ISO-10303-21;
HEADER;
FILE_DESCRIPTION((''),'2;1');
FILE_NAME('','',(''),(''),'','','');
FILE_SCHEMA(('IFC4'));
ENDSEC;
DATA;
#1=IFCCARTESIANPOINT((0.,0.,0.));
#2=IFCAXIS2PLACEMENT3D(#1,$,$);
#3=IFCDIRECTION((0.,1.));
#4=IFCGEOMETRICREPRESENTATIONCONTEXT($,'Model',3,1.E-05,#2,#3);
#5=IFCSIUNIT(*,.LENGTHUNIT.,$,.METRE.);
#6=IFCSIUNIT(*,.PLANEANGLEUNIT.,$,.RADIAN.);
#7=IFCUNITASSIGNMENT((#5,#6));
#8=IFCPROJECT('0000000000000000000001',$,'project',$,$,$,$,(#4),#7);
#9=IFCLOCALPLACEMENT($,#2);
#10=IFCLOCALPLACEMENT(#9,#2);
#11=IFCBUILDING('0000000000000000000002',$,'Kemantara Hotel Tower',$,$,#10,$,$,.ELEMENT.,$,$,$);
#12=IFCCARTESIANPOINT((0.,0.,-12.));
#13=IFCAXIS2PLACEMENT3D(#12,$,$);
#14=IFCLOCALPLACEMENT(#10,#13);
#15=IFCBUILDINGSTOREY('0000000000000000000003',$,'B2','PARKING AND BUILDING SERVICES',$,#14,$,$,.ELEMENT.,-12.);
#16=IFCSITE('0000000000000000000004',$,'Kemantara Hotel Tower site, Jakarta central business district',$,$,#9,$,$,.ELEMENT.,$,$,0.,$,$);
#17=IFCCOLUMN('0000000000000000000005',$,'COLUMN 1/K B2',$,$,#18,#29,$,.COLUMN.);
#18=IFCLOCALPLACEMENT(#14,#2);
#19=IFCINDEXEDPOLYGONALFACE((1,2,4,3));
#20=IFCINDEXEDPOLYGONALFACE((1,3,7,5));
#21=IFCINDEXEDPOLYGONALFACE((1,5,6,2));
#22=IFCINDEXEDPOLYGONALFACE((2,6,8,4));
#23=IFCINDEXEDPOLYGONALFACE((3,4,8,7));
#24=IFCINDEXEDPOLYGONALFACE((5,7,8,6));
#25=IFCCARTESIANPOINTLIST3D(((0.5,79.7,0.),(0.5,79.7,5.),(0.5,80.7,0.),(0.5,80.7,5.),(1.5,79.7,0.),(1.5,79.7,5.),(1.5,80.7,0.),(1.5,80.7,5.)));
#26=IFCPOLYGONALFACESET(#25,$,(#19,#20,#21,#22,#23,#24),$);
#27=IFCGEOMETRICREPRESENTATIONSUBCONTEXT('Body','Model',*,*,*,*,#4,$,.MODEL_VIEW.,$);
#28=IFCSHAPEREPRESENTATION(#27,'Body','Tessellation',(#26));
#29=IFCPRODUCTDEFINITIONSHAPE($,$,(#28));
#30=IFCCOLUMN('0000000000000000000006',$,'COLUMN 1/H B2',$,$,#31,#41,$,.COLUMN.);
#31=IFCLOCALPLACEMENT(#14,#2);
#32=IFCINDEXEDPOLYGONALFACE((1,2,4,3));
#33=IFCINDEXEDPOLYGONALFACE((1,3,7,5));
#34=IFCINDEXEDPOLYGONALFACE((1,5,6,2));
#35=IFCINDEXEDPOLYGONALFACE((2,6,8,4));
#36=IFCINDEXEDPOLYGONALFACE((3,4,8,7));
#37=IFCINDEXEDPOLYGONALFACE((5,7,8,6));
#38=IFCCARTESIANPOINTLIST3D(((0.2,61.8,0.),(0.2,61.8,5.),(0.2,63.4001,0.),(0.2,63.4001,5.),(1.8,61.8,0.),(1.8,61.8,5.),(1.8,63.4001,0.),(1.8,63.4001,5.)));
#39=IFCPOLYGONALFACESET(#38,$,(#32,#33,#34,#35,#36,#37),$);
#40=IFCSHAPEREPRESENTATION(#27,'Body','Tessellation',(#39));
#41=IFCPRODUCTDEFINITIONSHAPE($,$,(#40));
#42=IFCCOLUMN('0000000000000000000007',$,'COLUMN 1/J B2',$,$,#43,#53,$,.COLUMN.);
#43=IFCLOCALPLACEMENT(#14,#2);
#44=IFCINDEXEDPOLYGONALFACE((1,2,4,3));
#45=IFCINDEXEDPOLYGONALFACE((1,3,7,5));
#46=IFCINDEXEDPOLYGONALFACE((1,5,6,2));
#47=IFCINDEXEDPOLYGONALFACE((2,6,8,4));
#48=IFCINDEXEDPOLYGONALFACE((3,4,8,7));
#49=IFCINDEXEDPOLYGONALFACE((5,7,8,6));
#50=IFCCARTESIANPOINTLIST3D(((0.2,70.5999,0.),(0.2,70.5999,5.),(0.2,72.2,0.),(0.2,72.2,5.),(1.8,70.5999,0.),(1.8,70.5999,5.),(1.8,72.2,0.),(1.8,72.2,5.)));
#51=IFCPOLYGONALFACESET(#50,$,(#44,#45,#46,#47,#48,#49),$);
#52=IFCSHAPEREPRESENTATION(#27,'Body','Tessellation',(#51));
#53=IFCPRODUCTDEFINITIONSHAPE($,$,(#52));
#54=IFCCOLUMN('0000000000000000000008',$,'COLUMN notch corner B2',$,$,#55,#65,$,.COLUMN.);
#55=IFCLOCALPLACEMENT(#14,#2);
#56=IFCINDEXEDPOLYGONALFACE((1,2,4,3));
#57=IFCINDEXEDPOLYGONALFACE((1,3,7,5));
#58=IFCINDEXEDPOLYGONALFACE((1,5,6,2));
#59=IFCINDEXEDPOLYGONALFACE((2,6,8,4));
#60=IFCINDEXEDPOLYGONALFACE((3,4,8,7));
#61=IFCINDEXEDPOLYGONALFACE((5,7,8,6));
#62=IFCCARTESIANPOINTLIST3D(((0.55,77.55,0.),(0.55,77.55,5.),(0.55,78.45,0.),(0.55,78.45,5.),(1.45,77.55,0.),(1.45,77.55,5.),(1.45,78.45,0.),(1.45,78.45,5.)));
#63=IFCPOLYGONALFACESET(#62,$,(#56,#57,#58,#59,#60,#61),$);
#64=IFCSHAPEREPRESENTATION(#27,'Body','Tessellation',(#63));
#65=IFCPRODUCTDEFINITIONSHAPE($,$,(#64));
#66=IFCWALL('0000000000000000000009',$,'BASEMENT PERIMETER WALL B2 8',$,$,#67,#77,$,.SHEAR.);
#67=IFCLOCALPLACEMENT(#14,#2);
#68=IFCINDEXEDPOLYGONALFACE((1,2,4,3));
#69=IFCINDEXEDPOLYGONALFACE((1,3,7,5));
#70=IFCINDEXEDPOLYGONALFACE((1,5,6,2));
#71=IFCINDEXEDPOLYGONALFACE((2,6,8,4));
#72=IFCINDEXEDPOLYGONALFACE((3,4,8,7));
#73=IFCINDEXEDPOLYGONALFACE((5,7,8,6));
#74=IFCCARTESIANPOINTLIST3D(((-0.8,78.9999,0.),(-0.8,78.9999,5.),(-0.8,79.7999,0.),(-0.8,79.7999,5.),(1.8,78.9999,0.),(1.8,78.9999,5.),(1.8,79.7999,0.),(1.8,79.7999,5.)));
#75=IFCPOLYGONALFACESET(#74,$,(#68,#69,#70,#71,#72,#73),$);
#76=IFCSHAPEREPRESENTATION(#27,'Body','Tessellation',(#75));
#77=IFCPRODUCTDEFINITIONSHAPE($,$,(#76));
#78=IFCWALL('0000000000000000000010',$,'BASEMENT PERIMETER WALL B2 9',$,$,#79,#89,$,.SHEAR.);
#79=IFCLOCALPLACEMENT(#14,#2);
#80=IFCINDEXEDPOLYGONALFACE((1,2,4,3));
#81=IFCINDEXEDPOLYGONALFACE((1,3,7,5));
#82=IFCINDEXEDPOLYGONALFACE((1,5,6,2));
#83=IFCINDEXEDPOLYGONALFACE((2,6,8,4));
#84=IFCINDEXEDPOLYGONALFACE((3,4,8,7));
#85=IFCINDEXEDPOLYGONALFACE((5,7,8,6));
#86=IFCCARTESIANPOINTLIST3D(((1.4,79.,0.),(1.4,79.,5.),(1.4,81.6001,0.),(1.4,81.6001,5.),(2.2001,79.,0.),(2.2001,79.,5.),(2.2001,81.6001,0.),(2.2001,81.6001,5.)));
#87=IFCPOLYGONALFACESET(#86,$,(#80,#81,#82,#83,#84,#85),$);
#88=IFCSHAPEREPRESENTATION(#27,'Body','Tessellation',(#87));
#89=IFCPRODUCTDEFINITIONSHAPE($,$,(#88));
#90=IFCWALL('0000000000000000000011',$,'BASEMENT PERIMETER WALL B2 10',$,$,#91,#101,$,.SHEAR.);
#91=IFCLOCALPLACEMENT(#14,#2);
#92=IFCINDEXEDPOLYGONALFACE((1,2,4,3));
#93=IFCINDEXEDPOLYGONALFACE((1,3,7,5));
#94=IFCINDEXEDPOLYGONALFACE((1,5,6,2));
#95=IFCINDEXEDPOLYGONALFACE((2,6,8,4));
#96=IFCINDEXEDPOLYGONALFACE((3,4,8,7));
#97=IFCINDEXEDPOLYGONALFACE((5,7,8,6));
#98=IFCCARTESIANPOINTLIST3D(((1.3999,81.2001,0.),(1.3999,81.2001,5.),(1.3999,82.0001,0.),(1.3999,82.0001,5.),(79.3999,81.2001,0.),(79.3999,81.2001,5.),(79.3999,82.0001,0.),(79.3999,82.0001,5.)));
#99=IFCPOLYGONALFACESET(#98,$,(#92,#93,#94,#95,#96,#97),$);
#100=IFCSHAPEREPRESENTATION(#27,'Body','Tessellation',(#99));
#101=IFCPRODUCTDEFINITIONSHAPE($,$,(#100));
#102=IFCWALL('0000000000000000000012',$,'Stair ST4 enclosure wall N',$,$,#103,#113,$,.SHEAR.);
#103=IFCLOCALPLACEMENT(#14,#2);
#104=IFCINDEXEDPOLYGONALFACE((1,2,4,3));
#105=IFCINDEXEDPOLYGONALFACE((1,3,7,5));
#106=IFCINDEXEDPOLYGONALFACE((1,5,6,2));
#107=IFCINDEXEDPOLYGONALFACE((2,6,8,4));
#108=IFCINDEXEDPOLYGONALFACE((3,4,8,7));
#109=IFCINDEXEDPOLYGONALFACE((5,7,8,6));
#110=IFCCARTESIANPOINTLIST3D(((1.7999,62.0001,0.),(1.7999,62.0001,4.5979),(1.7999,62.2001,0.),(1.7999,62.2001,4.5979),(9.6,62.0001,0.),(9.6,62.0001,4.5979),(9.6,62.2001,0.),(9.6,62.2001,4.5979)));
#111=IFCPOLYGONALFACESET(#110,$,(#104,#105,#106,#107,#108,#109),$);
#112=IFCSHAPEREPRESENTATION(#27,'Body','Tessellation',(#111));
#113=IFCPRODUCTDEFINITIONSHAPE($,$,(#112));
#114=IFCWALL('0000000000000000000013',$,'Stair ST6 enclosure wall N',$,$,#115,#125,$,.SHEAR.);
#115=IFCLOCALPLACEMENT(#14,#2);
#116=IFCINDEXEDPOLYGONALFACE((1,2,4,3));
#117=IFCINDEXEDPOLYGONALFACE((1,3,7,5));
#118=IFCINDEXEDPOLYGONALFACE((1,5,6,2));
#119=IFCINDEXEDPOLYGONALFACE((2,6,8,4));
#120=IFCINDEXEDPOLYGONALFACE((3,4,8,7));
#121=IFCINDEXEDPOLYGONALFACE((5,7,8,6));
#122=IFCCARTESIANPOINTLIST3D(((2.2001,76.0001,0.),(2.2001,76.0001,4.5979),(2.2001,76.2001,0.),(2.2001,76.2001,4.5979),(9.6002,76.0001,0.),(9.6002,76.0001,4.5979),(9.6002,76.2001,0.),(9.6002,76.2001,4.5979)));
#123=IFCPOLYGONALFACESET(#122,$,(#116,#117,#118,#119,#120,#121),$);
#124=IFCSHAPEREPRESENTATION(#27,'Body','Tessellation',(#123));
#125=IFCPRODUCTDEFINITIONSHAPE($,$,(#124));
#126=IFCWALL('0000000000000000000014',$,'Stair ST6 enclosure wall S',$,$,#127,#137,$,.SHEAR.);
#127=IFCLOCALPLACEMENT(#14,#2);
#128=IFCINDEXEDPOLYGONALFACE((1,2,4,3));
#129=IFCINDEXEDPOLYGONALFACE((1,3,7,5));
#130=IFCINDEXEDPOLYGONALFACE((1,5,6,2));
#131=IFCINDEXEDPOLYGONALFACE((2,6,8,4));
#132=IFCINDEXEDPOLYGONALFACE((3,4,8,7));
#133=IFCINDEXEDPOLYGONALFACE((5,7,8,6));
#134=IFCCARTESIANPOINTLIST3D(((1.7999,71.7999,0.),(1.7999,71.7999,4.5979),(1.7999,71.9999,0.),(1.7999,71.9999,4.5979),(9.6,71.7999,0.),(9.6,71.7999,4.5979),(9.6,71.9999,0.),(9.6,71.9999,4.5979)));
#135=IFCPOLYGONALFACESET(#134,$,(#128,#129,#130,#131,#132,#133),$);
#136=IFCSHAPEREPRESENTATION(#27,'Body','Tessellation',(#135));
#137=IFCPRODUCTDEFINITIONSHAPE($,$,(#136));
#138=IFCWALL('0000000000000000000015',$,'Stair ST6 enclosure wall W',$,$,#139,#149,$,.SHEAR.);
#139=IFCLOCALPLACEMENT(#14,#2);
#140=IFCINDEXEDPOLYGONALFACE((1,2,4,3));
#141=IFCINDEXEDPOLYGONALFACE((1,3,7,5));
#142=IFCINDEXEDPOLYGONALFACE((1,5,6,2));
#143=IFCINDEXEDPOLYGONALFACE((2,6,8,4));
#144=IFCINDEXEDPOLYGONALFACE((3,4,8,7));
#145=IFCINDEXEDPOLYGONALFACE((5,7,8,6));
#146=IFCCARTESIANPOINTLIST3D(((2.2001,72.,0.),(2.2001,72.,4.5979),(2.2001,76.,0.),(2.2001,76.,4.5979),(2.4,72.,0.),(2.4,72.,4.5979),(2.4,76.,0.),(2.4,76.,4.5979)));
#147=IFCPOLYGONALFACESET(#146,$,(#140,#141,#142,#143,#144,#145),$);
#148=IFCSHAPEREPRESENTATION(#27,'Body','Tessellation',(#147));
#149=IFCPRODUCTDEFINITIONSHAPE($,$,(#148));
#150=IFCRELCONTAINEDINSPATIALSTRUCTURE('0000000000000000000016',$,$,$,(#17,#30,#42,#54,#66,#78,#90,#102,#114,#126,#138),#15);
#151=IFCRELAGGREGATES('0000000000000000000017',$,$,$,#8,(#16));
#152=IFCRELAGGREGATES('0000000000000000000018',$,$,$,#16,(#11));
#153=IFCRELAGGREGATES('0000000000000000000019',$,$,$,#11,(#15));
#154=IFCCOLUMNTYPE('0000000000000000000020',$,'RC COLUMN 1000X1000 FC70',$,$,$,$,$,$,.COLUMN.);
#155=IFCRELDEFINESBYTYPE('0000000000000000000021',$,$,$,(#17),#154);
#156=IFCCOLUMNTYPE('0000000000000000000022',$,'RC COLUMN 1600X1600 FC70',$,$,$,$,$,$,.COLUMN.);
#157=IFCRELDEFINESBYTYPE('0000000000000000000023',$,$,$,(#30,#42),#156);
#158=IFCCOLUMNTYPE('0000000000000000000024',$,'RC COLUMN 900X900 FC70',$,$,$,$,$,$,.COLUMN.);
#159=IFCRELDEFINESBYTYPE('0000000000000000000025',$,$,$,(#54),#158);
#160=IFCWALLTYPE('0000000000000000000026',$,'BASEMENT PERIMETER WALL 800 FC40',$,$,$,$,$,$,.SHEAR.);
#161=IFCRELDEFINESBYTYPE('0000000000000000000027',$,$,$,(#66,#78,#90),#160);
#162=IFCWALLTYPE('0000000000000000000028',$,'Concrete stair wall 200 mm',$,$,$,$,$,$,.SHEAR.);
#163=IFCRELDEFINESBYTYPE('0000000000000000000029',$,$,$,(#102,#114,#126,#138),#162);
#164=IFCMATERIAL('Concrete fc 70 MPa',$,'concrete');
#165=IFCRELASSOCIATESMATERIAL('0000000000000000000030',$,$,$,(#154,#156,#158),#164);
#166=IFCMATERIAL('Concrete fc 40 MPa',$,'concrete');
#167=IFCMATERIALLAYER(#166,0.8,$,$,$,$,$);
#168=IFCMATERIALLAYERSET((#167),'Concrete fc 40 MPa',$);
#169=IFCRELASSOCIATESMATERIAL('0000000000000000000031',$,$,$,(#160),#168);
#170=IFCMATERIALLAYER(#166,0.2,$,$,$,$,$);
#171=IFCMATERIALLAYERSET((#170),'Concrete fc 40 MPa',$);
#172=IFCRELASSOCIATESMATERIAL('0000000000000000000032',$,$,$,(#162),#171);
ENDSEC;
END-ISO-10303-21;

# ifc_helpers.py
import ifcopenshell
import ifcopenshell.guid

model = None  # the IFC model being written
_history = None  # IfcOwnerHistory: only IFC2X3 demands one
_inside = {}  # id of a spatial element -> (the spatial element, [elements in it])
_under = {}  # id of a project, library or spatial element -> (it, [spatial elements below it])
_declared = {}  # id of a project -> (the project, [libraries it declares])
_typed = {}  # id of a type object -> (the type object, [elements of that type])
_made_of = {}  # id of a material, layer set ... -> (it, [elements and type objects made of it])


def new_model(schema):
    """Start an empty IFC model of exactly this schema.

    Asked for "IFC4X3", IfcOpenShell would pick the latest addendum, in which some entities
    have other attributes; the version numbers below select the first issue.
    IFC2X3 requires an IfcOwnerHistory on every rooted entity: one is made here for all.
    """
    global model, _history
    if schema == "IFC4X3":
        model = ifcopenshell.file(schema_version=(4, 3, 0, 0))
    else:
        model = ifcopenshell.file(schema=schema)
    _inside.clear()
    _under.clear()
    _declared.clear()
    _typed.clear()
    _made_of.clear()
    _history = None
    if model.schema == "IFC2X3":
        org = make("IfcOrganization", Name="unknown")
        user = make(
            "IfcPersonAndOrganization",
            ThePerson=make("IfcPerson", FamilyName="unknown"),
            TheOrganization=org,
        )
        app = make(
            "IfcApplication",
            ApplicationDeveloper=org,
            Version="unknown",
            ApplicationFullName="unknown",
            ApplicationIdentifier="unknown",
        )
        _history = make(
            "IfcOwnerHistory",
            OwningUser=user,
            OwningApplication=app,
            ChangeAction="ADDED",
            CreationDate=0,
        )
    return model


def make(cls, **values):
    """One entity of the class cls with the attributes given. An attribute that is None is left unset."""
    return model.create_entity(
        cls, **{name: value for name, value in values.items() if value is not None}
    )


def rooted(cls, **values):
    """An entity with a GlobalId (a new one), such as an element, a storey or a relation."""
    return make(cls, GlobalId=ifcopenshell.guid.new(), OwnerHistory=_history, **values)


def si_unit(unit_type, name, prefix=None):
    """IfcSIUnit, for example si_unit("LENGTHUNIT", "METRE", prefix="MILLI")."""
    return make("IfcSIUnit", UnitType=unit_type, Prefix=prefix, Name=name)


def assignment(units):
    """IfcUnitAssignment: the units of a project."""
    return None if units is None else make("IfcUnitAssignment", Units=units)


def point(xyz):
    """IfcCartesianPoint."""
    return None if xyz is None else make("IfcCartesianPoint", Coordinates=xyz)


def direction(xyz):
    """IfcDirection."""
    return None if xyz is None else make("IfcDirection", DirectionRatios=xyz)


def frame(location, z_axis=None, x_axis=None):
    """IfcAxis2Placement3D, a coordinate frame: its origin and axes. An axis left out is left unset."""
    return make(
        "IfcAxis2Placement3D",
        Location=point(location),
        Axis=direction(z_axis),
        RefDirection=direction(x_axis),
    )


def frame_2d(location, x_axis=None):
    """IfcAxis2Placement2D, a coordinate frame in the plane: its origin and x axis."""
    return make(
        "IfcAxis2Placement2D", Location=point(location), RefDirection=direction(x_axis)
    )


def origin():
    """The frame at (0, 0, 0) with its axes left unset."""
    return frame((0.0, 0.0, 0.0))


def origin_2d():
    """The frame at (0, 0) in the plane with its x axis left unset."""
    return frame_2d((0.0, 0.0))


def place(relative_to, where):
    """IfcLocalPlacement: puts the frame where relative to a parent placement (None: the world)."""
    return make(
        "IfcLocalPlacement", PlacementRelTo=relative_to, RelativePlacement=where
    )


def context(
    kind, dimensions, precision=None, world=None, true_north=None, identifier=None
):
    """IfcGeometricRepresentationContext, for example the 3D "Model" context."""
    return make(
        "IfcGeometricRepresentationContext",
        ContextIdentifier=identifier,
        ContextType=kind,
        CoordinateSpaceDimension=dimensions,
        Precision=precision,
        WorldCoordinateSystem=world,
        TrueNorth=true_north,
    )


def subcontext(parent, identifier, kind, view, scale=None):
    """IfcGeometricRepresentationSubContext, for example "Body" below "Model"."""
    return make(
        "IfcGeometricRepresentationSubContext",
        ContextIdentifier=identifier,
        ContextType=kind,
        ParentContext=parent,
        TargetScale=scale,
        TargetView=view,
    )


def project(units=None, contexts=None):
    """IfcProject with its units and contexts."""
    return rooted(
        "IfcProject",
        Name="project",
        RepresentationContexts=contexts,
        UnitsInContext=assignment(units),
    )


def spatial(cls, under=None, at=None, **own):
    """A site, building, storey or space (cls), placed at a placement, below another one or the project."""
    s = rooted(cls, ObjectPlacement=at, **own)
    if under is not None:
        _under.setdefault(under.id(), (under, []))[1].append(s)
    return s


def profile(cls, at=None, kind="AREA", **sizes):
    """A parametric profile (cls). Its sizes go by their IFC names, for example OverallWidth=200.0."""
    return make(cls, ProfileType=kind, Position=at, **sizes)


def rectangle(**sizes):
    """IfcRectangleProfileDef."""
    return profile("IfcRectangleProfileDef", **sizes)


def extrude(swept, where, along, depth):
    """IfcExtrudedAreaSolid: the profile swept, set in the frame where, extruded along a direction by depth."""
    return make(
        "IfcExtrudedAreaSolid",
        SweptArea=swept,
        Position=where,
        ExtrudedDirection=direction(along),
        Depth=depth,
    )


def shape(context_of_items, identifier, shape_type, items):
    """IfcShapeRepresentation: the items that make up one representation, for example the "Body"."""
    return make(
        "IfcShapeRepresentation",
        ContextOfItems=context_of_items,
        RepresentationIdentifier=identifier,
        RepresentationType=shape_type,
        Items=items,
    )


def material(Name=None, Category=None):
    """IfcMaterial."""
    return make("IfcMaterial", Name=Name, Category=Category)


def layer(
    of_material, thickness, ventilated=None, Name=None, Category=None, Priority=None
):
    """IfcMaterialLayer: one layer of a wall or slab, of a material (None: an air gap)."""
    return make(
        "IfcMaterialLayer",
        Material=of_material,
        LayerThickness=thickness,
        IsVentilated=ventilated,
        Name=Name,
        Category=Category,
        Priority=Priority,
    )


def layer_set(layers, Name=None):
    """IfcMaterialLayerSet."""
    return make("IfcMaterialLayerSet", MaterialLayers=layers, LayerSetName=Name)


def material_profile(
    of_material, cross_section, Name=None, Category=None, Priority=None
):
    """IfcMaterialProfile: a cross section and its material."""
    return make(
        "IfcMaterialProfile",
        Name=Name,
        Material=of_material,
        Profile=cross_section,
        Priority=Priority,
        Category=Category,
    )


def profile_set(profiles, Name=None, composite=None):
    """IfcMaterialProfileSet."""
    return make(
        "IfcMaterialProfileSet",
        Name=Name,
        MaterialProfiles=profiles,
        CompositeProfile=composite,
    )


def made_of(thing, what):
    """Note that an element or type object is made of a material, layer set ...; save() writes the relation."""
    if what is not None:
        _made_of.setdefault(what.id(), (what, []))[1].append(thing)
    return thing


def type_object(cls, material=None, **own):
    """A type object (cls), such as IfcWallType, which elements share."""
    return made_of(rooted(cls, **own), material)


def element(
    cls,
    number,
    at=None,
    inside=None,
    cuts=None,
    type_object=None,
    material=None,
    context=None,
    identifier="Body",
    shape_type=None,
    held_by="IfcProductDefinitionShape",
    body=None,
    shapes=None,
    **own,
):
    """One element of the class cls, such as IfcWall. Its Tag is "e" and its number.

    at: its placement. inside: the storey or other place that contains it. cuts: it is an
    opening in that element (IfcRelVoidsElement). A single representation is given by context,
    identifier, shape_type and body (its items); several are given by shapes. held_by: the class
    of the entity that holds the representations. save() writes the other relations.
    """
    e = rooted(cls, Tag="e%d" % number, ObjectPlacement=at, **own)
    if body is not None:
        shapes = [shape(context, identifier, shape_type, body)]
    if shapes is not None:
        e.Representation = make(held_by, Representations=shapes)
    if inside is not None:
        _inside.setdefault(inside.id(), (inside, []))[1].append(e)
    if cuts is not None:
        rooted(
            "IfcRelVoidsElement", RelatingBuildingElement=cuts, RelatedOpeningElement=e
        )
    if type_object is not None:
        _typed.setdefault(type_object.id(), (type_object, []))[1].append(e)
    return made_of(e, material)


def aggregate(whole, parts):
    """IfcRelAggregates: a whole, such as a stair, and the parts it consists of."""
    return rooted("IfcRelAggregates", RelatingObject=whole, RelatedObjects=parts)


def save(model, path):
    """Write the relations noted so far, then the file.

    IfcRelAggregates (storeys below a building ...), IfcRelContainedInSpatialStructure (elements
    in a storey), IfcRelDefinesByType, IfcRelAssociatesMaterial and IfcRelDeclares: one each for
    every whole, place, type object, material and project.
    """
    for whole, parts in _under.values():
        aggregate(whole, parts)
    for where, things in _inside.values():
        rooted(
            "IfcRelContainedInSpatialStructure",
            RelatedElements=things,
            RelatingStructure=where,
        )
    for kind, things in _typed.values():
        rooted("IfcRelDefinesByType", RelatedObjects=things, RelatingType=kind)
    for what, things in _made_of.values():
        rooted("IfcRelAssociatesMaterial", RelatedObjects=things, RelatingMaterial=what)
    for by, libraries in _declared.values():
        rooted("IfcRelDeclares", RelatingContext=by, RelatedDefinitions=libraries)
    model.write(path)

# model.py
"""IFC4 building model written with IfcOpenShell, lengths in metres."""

from ifc_helpers import new_model, si_unit, direction, frame, frame_2d, origin, origin_2d, place, context, subcontext, project, spatial, rectangle, extrude, material, layer, layer_set, material_profile, profile_set, type_object, element, save


model = new_model("IFC4")

# Units and contexts
model_context = context("Model", 3, precision=1e-05, world=origin(), true_north=direction((0.0, 1.0)))
body_context = subcontext(model_context, "Body", "Model", "MODEL_VIEW")
ifc_project = project(units=[si_unit("LENGTHUNIT", "METRE"), si_unit("PLANEANGLEUNIT", "RADIAN")], contexts=[model_context])

# Site, building, storey
site_placement = place(None, origin())
site = spatial("IfcSite", under=ifc_project, at=site_placement, Name="Kemantara Hotel Tower site, Jakarta central business district", CompositionType="ELEMENT", RefElevation=0.0)
building_placement = place(site_placement, origin())
building = spatial("IfcBuilding", under=site, at=building_placement, Name="Kemantara Hotel Tower", CompositionType="ELEMENT")
storey_placement = place(building_placement, frame((0.0, 0.0, -12.0)))
storey = spatial("IfcBuildingStorey", under=building, at=storey_placement, Name="B2", Description="PARKING AND BUILDING SERVICES", CompositionType="ELEMENT", Elevation=-12.0)

# Columns
ifc_material_1 = material(Name="Concrete fc 70 MPa", Category="concrete")
ifc_material_profile_1 = material_profile(ifc_material_1, rectangle(XDim=1.0, YDim=1.0, at=origin_2d()), Name="RC 1000X1000")
ifc_profile_set_1 = profile_set([ifc_material_profile_1], Name="Concrete fc 70 MPa")
column_type_1 = type_object("IfcColumnType", Name="RC COLUMN 1000X1000 FC70", PredefinedType="COLUMN", material=ifc_profile_set_1)
column_1_placement = place(storey_placement, frame((1.0, 80.2, 0.0), z_axis=(0.0, 0.0, 1.0), x_axis=(1.0, 0.0, 0.0)))
element("IfcColumn", 1, at=column_1_placement, inside=storey, type_object=column_type_1, Name="COLUMN 1/K B2", PredefinedType="COLUMN", context=body_context, shape_type="SweptSolid", body=[
    extrude(rectangle(XDim=1.0, YDim=1.0, at=origin_2d()), origin(), (0.0, 0.0, 1.0), 5.0),
])
ifc_material_profile_2 = material_profile(ifc_material_1, rectangle(XDim=1.6001, YDim=1.6001, at=origin_2d()), Name="RC 1600X1600")
ifc_profile_set_2 = profile_set([ifc_material_profile_2], Name="Concrete fc 70 MPa")
column_type_2 = type_object("IfcColumnType", Name="RC COLUMN 1600X1600 FC70", PredefinedType="COLUMN", material=ifc_profile_set_2)
for number, where, z_axis, x_axis, name in (
    (2, (1.0, 62.6001, 0.0), (0.0, 0.0, 1.0), (1.0, 0.0, 0.0), "COLUMN 1/H B2"),
    (3, (1.0, 71.3999, 0.0), (0.0, 0.0, 1.0), (1.0, 0.0, 0.0), "COLUMN 1/J B2"),
):
    element("IfcColumn", number, at=place(storey_placement, frame(where, z_axis=z_axis, x_axis=x_axis)), inside=storey, type_object=column_type_2, Name=name, PredefinedType="COLUMN", context=body_context, shape_type="SweptSolid", body=[
        extrude(rectangle(XDim=1.6001, YDim=1.6001, at=origin_2d()), origin(), (0.0, 0.0, 1.0), 5.0),
    ])
ifc_material_profile_3 = material_profile(ifc_material_1, rectangle(XDim=0.8999, YDim=0.8999, at=origin_2d()), Name="RC 900X900")
ifc_profile_set_3 = profile_set([ifc_material_profile_3], Name="Concrete fc 70 MPa")
column_type_3 = type_object("IfcColumnType", Name="RC COLUMN 900X900 FC70", PredefinedType="COLUMN", material=ifc_profile_set_3)
column_2_placement = place(storey_placement, frame((1.0, 78.0, 0.0), z_axis=(0.0, 0.0, 1.0), x_axis=(1.0, 0.0, 0.0)))
element("IfcColumn", 4, at=column_2_placement, inside=storey, type_object=column_type_3, Name="COLUMN notch corner B2", PredefinedType="COLUMN", context=body_context, shape_type="SweptSolid", body=[
    extrude(rectangle(XDim=0.8999, YDim=0.8999, at=origin_2d()), origin(), (0.0, 0.0, 1.0), 5.0),
])

# Walls
ifc_material_2 = material(Name="Concrete fc 40 MPa", Category="concrete")
ifc_layer_1 = layer(ifc_material_2, 0.8)
ifc_layer_set_1 = layer_set([ifc_layer_1], Name="Concrete fc 40 MPa")
wall_type_1 = type_object("IfcWallType", Name="BASEMENT PERIMETER WALL 800 FC40", PredefinedType="SHEAR", material=ifc_layer_set_1)
for number, where, z_axis, x_axis, name in (
    (5, (-0.8, 79.3999, 0.0), (0.0, 0.0, 1.0), (1.0, 0.0, 0.0), "BASEMENT PERIMETER WALL B2 8"),
    (6, (1.8, 79.0, 0.0), (0.0, 0.0, 1.0), (0.0, 1.0, 0.0), "BASEMENT PERIMETER WALL B2 9"),
):
    element("IfcWall", number, at=place(storey_placement, frame(where, z_axis=z_axis, x_axis=x_axis)), inside=storey, type_object=wall_type_1, Name=name, PredefinedType="SHEAR", context=body_context, shape_type="SweptSolid", body=[
        extrude(rectangle(XDim=2.6001, YDim=0.8, at=frame_2d((1.3, 0.0))), origin(), (0.0, 0.0, 1.0), 5.0),
    ])
wall_1_placement = place(storey_placement, frame((1.3999, 81.6001, 0.0), z_axis=(0.0, 0.0, 1.0), x_axis=(1.0, 0.0, 0.0)))
element("IfcWall", 7, at=wall_1_placement, inside=storey, type_object=wall_type_1, Name="BASEMENT PERIMETER WALL B2 10", PredefinedType="SHEAR", context=body_context, shape_type="SweptSolid", body=[
    extrude(rectangle(XDim=78.0, YDim=0.8, at=frame_2d((39.0, 0.0))), origin(), (0.0, 0.0, 1.0), 5.0),
])
ifc_layer_2 = layer(ifc_material_2, 0.2)
ifc_layer_set_2 = layer_set([ifc_layer_2], Name="Concrete fc 40 MPa")
wall_type_2 = type_object("IfcWallType", Name="Concrete stair wall 200 mm", PredefinedType="SHEAR", material=ifc_layer_set_2)
wall_2_placement = place(storey_placement, frame((1.8, 62.1001, 0.0), z_axis=(0.0, 0.0, 1.0), x_axis=(1.0, 0.0, 0.0)))
element("IfcWall", 8, at=wall_2_placement, inside=storey, type_object=wall_type_2, Name="Stair ST4 enclosure wall N", PredefinedType="SHEAR", context=body_context, shape_type="SweptSolid", body=[
    extrude(rectangle(XDim=7.8, YDim=0.2, at=frame_2d((3.8999, 0.0))), origin(), (0.0, 0.0, 1.0), 4.5979),
])
wall_3_placement = place(storey_placement, frame((2.2, 76.1001, 0.0), z_axis=(0.0, 0.0, 1.0), x_axis=(1.0, 0.0, 0.0)))
element("IfcWall", 9, at=wall_3_placement, inside=storey, type_object=wall_type_2, Name="Stair ST6 enclosure wall N", PredefinedType="SHEAR", context=body_context, shape_type="SweptSolid", body=[
    extrude(rectangle(XDim=7.4001, YDim=0.2, at=frame_2d((3.7002, 0.0))), origin(), (0.0, 0.0, 1.0), 4.5979),
])
wall_4_placement = place(storey_placement, frame((1.8, 71.8999, 0.0), z_axis=(0.0, 0.0, 1.0), x_axis=(1.0, 0.0, 0.0)))
element("IfcWall", 10, at=wall_4_placement, inside=storey, type_object=wall_type_2, Name="Stair ST6 enclosure wall S", PredefinedType="SHEAR", context=body_context, shape_type="SweptSolid", body=[
    extrude(rectangle(XDim=7.8, YDim=0.2, at=frame_2d((3.8999, 0.0))), origin(), (0.0, 0.0, 1.0), 4.5979),
])
wall_5_placement = place(storey_placement, frame((2.3, 72.0, 0.0), z_axis=(0.0, 0.0, 1.0), x_axis=(0.0, 1.0, 0.0)))
element("IfcWall", 11, at=wall_5_placement, inside=storey, type_object=wall_type_2, Name="Stair ST6 enclosure wall W", PredefinedType="SHEAR", context=body_context, shape_type="SweptSolid", body=[
    extrude(rectangle(XDim=4.0, YDim=0.2, at=frame_2d((2.0, 0.0))), origin(), (0.0, 0.0, 1.0), 4.5979),
])

save(model, "model.ifc")
